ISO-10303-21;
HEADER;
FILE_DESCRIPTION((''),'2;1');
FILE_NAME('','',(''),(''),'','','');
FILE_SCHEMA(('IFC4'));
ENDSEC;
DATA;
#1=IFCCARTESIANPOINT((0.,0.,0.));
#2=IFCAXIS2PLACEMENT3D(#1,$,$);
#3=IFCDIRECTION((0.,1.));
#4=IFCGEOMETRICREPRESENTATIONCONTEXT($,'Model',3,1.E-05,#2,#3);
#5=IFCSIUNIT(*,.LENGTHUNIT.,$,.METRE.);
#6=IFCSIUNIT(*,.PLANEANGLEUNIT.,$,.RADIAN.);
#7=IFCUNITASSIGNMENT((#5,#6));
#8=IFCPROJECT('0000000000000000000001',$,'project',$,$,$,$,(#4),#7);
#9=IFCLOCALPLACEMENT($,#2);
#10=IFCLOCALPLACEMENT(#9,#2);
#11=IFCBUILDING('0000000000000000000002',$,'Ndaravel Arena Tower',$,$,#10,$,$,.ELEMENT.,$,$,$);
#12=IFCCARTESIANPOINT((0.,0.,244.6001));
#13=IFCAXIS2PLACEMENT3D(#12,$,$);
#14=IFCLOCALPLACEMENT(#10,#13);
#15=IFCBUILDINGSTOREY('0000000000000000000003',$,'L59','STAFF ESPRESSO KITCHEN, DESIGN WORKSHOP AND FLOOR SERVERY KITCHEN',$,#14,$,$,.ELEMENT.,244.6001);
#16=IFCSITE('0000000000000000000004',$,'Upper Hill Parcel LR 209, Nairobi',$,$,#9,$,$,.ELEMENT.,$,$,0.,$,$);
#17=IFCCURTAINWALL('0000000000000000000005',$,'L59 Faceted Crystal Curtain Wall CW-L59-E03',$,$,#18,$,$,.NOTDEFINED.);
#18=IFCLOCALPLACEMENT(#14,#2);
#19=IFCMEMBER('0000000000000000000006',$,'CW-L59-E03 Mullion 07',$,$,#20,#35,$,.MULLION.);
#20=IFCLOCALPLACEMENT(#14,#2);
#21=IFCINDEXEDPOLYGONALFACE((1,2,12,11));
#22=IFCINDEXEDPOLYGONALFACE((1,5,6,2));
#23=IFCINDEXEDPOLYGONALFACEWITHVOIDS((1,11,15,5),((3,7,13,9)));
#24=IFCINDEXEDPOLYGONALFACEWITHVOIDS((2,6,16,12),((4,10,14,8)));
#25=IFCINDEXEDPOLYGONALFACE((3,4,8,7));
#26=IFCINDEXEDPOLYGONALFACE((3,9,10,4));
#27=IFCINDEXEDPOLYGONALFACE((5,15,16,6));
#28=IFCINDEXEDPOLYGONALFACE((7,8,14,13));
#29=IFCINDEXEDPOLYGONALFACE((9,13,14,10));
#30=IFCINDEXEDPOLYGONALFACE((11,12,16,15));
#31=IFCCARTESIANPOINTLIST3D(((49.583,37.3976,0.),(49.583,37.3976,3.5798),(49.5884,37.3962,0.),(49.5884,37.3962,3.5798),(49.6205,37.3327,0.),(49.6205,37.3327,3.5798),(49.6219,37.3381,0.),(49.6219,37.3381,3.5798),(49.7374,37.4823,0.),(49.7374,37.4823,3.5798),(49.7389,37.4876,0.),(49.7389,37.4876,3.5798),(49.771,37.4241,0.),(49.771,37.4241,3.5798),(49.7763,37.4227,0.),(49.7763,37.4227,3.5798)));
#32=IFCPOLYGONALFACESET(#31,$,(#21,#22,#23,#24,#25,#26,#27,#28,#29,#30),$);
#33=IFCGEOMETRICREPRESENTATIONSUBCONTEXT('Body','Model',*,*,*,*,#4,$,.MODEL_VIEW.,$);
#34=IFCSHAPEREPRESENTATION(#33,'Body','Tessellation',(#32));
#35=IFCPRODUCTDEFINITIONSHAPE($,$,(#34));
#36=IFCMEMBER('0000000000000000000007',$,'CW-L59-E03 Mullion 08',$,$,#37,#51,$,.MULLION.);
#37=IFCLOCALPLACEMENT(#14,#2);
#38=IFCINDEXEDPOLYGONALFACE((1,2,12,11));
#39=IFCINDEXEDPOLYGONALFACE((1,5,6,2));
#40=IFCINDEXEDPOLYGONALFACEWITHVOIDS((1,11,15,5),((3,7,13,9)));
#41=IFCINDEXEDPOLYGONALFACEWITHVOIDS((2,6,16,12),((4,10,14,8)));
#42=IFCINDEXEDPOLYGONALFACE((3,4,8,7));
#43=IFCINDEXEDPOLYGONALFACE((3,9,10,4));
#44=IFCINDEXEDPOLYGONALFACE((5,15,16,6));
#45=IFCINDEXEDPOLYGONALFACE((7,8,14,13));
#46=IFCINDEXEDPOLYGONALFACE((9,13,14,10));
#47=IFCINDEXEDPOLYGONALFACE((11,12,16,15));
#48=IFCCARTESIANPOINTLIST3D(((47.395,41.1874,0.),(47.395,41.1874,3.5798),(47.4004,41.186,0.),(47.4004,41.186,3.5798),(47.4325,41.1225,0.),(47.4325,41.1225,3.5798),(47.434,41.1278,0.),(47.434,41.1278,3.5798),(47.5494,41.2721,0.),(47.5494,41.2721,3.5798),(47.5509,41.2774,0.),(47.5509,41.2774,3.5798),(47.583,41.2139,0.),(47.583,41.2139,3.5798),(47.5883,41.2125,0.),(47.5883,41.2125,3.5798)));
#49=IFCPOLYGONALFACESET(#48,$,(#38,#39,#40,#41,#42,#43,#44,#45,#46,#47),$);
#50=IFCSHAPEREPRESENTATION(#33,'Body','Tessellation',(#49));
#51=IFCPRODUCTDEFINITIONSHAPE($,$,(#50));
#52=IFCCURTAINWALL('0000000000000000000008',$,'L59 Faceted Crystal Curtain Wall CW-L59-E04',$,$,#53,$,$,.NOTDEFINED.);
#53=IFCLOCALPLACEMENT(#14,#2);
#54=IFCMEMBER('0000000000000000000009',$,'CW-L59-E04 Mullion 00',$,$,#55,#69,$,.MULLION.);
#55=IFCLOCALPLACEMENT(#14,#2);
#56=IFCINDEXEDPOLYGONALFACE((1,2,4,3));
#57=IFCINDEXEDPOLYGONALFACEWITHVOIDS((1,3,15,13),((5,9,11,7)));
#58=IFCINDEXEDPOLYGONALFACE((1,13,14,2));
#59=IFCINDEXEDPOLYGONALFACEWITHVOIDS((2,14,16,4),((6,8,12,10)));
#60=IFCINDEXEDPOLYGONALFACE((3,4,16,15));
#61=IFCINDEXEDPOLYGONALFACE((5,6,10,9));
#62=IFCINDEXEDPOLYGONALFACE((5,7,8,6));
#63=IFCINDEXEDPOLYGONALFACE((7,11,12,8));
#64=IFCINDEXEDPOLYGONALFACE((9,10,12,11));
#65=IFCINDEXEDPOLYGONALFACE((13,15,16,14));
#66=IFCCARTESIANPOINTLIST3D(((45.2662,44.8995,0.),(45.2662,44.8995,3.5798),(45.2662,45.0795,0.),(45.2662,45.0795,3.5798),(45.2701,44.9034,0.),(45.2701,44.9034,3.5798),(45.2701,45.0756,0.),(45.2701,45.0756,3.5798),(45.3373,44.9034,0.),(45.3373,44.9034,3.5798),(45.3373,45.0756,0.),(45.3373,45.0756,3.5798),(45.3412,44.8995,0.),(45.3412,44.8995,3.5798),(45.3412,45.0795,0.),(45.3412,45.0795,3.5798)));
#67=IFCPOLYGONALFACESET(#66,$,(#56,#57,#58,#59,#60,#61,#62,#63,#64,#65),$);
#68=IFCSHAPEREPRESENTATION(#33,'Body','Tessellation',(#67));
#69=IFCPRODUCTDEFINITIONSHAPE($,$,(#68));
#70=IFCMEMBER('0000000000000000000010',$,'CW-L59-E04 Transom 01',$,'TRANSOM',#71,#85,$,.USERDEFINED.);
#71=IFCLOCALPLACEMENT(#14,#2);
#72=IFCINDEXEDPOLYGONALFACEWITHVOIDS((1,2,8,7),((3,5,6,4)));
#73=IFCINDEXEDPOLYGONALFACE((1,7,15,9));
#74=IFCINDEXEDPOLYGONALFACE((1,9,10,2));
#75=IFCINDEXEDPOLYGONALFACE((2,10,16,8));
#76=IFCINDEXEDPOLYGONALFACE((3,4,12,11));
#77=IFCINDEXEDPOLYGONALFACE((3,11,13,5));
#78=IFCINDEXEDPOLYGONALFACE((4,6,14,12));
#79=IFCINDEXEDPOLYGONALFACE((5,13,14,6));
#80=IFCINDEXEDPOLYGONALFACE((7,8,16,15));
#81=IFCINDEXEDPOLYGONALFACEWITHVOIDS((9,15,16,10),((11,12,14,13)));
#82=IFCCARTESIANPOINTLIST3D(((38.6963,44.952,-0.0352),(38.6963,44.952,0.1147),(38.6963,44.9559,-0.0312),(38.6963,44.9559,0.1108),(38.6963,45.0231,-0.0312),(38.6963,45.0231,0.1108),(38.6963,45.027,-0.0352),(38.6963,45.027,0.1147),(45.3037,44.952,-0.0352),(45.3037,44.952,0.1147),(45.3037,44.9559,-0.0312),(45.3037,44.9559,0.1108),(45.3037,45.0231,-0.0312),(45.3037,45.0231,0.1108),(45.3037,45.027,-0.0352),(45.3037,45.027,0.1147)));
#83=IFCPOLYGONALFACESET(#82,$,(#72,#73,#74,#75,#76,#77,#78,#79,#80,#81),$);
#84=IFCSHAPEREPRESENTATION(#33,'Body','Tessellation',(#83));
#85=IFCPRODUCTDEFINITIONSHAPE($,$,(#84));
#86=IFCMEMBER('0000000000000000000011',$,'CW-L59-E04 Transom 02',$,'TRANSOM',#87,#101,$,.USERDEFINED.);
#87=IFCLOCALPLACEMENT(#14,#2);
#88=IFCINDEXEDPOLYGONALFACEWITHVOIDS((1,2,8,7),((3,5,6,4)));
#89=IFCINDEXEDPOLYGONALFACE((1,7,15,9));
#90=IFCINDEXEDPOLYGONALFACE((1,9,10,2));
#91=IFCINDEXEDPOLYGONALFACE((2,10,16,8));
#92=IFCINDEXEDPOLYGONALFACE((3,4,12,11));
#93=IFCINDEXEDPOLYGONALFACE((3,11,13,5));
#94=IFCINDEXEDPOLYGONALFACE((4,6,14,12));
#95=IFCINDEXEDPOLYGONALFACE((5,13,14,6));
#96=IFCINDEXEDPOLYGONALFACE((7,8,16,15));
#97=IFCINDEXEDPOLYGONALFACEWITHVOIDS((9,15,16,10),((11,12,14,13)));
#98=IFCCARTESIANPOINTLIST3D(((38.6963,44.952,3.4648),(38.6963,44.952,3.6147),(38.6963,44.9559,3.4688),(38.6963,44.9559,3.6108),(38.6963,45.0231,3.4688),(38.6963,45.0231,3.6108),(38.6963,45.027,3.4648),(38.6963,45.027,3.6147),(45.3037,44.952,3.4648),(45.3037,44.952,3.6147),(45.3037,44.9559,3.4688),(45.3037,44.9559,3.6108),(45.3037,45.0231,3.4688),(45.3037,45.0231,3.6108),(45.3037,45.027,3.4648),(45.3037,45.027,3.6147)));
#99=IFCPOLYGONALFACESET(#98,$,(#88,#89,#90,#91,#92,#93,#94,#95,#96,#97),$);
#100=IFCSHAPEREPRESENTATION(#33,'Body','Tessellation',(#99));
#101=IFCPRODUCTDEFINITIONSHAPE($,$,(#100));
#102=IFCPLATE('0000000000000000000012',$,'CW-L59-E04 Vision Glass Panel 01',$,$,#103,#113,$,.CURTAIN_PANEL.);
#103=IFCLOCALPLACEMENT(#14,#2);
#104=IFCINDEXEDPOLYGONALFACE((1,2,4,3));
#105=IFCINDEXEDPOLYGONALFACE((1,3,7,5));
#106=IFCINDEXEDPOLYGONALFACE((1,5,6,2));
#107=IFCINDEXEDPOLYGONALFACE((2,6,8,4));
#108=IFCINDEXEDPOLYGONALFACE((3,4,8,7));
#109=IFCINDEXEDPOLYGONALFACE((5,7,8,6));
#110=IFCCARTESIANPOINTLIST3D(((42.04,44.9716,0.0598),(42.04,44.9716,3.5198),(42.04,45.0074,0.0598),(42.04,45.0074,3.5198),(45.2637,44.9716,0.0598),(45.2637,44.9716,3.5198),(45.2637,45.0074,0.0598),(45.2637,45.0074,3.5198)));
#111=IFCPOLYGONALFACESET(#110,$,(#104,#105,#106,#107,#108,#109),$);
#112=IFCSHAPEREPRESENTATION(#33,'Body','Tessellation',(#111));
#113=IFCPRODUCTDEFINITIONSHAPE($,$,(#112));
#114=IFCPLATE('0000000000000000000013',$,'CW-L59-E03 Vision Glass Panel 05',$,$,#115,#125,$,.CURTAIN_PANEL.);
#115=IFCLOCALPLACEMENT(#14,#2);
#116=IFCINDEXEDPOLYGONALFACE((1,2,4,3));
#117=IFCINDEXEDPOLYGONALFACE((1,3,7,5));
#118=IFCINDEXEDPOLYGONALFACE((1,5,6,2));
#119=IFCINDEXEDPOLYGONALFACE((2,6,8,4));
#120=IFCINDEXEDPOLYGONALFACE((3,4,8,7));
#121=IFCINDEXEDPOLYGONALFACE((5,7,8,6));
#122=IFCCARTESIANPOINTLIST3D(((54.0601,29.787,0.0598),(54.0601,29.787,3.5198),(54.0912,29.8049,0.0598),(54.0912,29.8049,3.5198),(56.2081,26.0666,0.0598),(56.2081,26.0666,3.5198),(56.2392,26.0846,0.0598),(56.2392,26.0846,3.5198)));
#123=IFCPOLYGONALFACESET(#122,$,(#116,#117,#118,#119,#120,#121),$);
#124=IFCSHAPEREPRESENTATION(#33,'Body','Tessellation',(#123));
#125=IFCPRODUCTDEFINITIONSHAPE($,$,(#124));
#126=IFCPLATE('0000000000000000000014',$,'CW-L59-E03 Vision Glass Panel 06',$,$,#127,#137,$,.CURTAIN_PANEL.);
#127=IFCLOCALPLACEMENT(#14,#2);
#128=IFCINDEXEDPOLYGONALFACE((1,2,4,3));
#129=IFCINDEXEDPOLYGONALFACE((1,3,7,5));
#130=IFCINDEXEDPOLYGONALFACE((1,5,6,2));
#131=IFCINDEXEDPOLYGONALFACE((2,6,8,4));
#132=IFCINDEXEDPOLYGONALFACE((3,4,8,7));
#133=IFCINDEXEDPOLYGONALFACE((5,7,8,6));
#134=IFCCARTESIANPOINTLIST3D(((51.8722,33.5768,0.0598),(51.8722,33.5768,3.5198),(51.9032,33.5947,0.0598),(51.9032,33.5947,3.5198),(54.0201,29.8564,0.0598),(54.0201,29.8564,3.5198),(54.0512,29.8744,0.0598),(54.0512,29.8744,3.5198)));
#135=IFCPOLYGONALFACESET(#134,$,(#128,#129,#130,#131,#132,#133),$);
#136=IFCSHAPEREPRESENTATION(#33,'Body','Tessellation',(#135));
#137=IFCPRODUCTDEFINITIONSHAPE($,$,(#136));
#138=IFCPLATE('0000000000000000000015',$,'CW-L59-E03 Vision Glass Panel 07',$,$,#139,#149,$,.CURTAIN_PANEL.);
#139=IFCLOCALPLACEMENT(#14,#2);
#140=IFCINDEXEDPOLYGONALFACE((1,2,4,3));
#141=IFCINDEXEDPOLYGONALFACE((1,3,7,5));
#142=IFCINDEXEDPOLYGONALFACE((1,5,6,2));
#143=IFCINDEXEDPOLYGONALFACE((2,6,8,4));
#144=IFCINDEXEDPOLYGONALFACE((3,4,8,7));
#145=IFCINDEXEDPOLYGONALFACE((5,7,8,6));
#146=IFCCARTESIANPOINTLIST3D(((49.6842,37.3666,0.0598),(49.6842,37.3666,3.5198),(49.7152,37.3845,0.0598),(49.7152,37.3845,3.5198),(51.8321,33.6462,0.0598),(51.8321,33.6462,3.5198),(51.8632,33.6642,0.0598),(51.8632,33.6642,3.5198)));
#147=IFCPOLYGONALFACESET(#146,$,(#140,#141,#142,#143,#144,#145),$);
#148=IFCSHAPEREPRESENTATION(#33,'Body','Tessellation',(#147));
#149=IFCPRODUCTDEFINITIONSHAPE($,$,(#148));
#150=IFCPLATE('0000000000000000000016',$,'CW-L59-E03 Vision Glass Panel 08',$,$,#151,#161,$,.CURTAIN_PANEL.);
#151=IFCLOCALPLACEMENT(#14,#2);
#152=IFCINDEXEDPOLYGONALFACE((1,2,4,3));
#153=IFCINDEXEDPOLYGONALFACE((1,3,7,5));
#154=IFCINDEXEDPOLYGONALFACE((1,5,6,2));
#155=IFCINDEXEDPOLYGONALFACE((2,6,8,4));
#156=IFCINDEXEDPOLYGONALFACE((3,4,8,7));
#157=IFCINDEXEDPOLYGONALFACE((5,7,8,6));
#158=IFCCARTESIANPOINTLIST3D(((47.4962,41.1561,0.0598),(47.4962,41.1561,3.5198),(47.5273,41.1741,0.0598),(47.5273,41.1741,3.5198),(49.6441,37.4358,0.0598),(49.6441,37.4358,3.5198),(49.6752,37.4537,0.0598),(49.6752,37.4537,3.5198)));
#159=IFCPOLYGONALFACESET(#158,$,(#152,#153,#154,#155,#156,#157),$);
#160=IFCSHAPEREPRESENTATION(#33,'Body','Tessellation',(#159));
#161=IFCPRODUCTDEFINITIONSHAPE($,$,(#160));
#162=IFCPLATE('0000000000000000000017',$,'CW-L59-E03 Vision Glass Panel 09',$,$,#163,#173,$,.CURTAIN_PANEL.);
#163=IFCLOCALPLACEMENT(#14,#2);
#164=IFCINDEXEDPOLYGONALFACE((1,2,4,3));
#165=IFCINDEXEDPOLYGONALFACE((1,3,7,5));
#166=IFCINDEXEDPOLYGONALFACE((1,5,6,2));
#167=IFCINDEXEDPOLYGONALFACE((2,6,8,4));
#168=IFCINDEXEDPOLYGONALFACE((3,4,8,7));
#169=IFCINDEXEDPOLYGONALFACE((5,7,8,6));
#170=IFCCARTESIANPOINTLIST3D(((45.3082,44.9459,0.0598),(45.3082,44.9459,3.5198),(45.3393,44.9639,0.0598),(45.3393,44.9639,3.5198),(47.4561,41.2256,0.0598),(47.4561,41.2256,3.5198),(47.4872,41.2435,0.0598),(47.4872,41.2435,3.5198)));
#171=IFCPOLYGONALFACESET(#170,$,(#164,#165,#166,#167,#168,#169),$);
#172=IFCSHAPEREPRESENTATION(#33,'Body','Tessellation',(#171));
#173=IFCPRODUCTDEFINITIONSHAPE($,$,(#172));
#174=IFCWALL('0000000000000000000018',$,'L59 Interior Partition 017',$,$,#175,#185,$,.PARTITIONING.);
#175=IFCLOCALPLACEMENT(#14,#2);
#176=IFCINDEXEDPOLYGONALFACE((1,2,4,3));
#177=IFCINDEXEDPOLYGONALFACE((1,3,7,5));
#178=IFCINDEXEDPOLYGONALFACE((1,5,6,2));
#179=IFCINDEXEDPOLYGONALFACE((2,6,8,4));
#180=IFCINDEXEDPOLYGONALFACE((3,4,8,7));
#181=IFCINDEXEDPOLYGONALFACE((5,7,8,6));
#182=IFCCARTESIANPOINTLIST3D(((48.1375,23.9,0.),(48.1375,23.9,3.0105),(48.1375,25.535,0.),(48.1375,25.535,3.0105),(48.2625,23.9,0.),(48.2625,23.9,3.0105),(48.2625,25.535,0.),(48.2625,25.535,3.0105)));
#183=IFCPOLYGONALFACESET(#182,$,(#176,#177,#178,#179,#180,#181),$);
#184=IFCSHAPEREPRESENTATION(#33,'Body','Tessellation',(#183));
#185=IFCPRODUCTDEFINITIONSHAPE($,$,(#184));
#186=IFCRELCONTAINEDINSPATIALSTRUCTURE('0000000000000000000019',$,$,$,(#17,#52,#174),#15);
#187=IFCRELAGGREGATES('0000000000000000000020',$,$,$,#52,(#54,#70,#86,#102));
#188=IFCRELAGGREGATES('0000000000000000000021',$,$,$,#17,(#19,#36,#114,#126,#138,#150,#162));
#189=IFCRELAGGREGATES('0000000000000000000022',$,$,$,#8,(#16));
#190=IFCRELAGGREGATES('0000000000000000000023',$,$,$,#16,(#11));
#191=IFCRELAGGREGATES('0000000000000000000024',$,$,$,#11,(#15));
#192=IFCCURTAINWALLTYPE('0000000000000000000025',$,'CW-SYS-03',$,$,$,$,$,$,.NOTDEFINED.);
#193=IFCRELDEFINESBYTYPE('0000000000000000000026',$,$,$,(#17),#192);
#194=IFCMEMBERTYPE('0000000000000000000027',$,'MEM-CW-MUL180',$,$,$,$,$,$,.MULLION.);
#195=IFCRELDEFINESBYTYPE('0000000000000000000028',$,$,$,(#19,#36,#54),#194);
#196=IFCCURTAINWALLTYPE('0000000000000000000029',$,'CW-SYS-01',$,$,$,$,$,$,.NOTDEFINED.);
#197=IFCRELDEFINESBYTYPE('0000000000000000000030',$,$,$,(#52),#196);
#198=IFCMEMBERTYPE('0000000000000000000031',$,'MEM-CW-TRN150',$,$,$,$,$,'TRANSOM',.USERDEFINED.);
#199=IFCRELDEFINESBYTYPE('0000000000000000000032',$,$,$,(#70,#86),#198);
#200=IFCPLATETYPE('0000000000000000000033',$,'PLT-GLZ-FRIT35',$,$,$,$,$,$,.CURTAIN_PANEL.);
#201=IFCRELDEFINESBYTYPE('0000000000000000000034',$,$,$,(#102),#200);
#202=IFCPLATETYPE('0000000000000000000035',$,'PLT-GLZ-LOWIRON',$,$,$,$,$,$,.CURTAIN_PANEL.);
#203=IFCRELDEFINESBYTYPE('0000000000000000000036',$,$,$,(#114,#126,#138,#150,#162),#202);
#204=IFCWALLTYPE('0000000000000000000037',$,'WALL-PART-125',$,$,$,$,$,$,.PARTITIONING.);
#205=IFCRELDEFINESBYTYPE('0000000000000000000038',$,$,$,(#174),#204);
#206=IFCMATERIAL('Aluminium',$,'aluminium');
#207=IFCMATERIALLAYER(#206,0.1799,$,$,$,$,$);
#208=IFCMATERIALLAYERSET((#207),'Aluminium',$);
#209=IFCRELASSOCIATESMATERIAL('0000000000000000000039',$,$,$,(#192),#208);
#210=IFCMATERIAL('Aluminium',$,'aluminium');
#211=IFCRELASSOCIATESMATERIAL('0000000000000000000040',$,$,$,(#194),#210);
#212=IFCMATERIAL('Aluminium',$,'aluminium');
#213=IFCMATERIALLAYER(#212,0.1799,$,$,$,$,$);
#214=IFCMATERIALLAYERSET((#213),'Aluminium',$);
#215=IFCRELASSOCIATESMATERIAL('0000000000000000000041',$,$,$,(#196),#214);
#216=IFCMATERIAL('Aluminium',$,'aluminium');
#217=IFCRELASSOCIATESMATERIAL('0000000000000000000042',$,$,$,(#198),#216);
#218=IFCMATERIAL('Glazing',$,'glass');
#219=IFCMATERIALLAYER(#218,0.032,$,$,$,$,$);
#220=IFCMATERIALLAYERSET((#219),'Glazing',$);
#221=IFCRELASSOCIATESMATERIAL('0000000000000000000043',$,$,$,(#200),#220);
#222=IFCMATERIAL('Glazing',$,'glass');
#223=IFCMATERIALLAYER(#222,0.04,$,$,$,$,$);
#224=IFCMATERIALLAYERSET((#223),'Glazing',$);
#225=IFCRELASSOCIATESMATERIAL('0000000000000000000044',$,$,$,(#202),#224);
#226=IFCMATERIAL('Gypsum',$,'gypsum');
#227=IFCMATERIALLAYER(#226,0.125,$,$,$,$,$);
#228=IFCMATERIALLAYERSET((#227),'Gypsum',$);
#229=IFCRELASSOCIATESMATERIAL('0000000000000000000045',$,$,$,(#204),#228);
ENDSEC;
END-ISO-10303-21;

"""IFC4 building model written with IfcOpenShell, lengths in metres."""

from ifc_helpers import new_model, si_unit, direction, frame, frame_2d, origin, origin_2d, place, context, subcontext, project, spatial, rectangle, hollow_rectangle, extrude, material, layer, layer_set, material_profile, profile_set, type_object, element, aggregate, save


model = new_model("IFC4")

# Units and contexts
model_context = context("Model", 3, precision=1e-05, world=origin(), true_north=direction((0.0, 1.0)))
body_context = subcontext(model_context, "Body", "Model", "MODEL_VIEW")
ifc_project = project(units=[si_unit("LENGTHUNIT", "METRE"), si_unit("PLANEANGLEUNIT", "RADIAN")], contexts=[model_context])

# Site, building, storey
site_placement = place(None, origin())
site = spatial("IfcSite", under=ifc_project, at=site_placement, Name="Upper Hill Parcel LR 209, Nairobi", CompositionType="ELEMENT", RefElevation=0.0)
building_placement = place(site_placement, origin())
building = spatial("IfcBuilding", under=site, at=building_placement, Name="Ndaravel Arena Tower", CompositionType="ELEMENT")
storey_placement = place(building_placement, frame((0.0, 0.0, 244.6001)))
storey = spatial("IfcBuildingStorey", under=building, at=storey_placement, Name="L59", Description="STAFF ESPRESSO KITCHEN, DESIGN WORKSHOP AND FLOOR SERVERY KITCHEN", CompositionType="ELEMENT", Elevation=244.6001)

# Curtain wall, members
ifc_material_1 = material(Name="Aluminium", Category="aluminium")
ifc_layer_1 = layer(ifc_material_1, 0.1799)
ifc_layer_set_1 = layer_set([ifc_layer_1], Name="Aluminium")
curtain_wall_type_1 = type_object("IfcCurtainWallType", Name="CW-SYS-03", PredefinedType="NOTDEFINED", material=ifc_layer_set_1)
curtain_wall_1_placement = place(storey_placement, origin())
curtain_wall_1 = element("IfcCurtainWall", 1, at=curtain_wall_1_placement, inside=storey, type_object=curtain_wall_type_1, Name="L59 Faceted Crystal Curtain Wall CW-L59-E03", PredefinedType="NOTDEFINED")
ifc_material_2 = material(Name="Aluminium", Category="aluminium")
ifc_material_profile_1 = material_profile(ifc_material_2, hollow_rectangle(XDim=0.075, YDim=0.1799, WallThickness=0.0039, at=origin_2d()), Name="CW MULLION 75x180x4")
ifc_profile_set_1 = profile_set([ifc_material_profile_1], Name="Aluminium")
member_type_1 = type_object("IfcMemberType", Name="MEM-CW-MUL180", PredefinedType="MULLION", material=ifc_profile_set_1)
member_1_placement = place(storey_placement, frame((49.6797, 37.4102, 0.0), z_axis=(0.0, 0.0, 1.0), x_axis=(-0.5, 0.866025, 0.0)))
member_1 = element("IfcMember", 2, at=member_1_placement, type_object=member_type_1, Name="CW-L59-E03 Mullion 07", PredefinedType="MULLION", context=body_context, shape_type="SweptSolid", body=[
    extrude(hollow_rectangle(XDim=0.075, YDim=0.1799, WallThickness=0.0039, at=origin_2d()), origin(), (0.0, 0.0, 1.0), 3.5798),
])
member_2_placement = place(storey_placement, frame((47.4917, 41.2, 0.0), z_axis=(0.0, 0.0, 1.0), x_axis=(-0.5, 0.866025, 0.0)))
member_2 = element("IfcMember", 3, at=member_2_placement, type_object=member_type_1, Name="CW-L59-E03 Mullion 08", PredefinedType="MULLION", context=body_context, shape_type="SweptSolid", body=[
    extrude(hollow_rectangle(XDim=0.075, YDim=0.1799, WallThickness=0.0039, at=origin_2d()), origin(), (0.0, 0.0, 1.0), 3.5798),
])

# Curtain wall, members, plate
ifc_material_3 = material(Name="Aluminium", Category="aluminium")
ifc_layer_2 = layer(ifc_material_3, 0.1799)
ifc_layer_set_2 = layer_set([ifc_layer_2], Name="Aluminium")
curtain_wall_type_2 = type_object("IfcCurtainWallType", Name="CW-SYS-01", PredefinedType="NOTDEFINED", material=ifc_layer_set_2)
curtain_wall_2_placement = place(storey_placement, origin())
curtain_wall_2 = element("IfcCurtainWall", 4, at=curtain_wall_2_placement, inside=storey, type_object=curtain_wall_type_2, Name="L59 Faceted Crystal Curtain Wall CW-L59-E04", PredefinedType="NOTDEFINED")
member_3_placement = place(storey_placement, frame((45.3037, 44.9895, 0.0), z_axis=(0.0, 0.0, 1.0), x_axis=(-1.0, 0.0, 0.0)))
member_3 = element("IfcMember", 5, at=member_3_placement, type_object=member_type_1, Name="CW-L59-E04 Mullion 00", PredefinedType="MULLION", context=body_context, shape_type="SweptSolid", body=[
    extrude(hollow_rectangle(XDim=0.075, YDim=0.1799, WallThickness=0.0039, at=origin_2d()), origin(), (0.0, 0.0, 1.0), 3.5798),
])
ifc_material_4 = material(Name="Aluminium", Category="aluminium")
ifc_material_profile_2 = material_profile(ifc_material_4, hollow_rectangle(XDim=0.075, YDim=0.1499, WallThickness=0.0039, at=origin_2d()), Name="CW TRANSOM 75x150x4")
ifc_profile_set_2 = profile_set([ifc_material_profile_2], Name="Aluminium")
member_type_2 = type_object("IfcMemberType", Name="MEM-CW-TRN150", ElementType="TRANSOM", PredefinedType="USERDEFINED", material=ifc_profile_set_2)
member_4_placement = place(storey_placement, frame((45.3037, 44.9895, 0.0398), z_axis=(-1.0, 0.0, 0.0), x_axis=(0.0, -1.0, 0.0)))
member_4 = element("IfcMember", 6, at=member_4_placement, type_object=member_type_2, Name="CW-L59-E04 Transom 01", ObjectType="TRANSOM", PredefinedType="USERDEFINED", context=body_context, shape_type="SweptSolid", body=[
    extrude(hollow_rectangle(XDim=0.075, YDim=0.1499, WallThickness=0.0039, at=origin_2d()), origin(), (0.0, 0.0, 1.0), 6.6074),
])
member_5_placement = place(storey_placement, frame((45.3037, 44.9895, 3.5398), z_axis=(-1.0, 0.0, 0.0), x_axis=(0.0, -1.0, 0.0)))
member_5 = element("IfcMember", 7, at=member_5_placement, type_object=member_type_2, Name="CW-L59-E04 Transom 02", ObjectType="TRANSOM", PredefinedType="USERDEFINED", context=body_context, shape_type="SweptSolid", body=[
    extrude(hollow_rectangle(XDim=0.075, YDim=0.1499, WallThickness=0.0039, at=origin_2d()), origin(), (0.0, 0.0, 1.0), 6.6074),
])
ifc_material_5 = material(Name="Glazing", Category="glass")
ifc_layer_3 = layer(ifc_material_5, 0.032)
ifc_layer_set_3 = layer_set([ifc_layer_3], Name="Glazing")
plate_type_1 = type_object("IfcPlateType", Name="PLT-GLZ-FRIT35", PredefinedType="CURTAIN_PANEL", material=ifc_layer_set_3)
plate_1_placement = place(storey_placement, frame((43.6519, 44.9895, 0.0598), z_axis=(0.0, 0.0, 1.0), x_axis=(-1.0, 0.0, 0.0)))
plate_1 = element("IfcPlate", 8, at=plate_1_placement, type_object=plate_type_1, Name="CW-L59-E04 Vision Glass Panel 01", PredefinedType="CURTAIN_PANEL", context=body_context, shape_type="SweptSolid", body=[
    extrude(rectangle(XDim=3.2236, YDim=0.0359, at=origin_2d()), origin(), (0.0, 0.0, 1.0), 3.46),
])
aggregate(curtain_wall_2, [member_3, member_4, member_5, plate_1])

# Plates
ifc_material_6 = material(Name="Glazing", Category="glass")
ifc_layer_4 = layer(ifc_material_6, 0.04)
ifc_layer_set_4 = layer_set([ifc_layer_4], Name="Glazing")
plate_type_2 = type_object("IfcPlateType", Name="PLT-GLZ-LOWIRON", PredefinedType="CURTAIN_PANEL", material=ifc_layer_set_4)
plate_2_placement = place(storey_placement, frame((55.1497, 27.9358, 0.0598), z_axis=(0.0, 0.0, 1.0), x_axis=(-0.5, 0.866025, 0.0)))
plate_2 = element("IfcPlate", 9, at=plate_2_placement, type_object=plate_type_2, Name="CW-L59-E03 Vision Glass Panel 05", PredefinedType="CURTAIN_PANEL", context=body_context, shape_type="SweptSolid", body=[
    extrude(rectangle(XDim=4.2959, YDim=0.0359, at=origin_2d()), origin(), (0.0, 0.0, 1.0), 3.46),
])
plate_3_placement = place(storey_placement, frame((52.9617, 31.7256, 0.0598), z_axis=(0.0, 0.0, 1.0), x_axis=(-0.5, 0.866025, 0.0)))
plate_3 = element("IfcPlate", 10, at=plate_3_placement, type_object=plate_type_2, Name="CW-L59-E03 Vision Glass Panel 06", PredefinedType="CURTAIN_PANEL", context=body_context, shape_type="SweptSolid", body=[
    extrude(rectangle(XDim=4.2959, YDim=0.0359, at=origin_2d()), origin(), (0.0, 0.0, 1.0), 3.46),
])
plate_4_placement = place(storey_placement, frame((50.7737, 35.5154, 0.0598), z_axis=(0.0, 0.0, 1.0), x_axis=(-0.5, 0.866025, 0.0)))
plate_4 = element("IfcPlate", 11, at=plate_4_placement, type_object=plate_type_2, Name="CW-L59-E03 Vision Glass Panel 07", PredefinedType="CURTAIN_PANEL", context=body_context, shape_type="SweptSolid", body=[
    extrude(rectangle(XDim=4.2959, YDim=0.0359, at=origin_2d()), origin(), (0.0, 0.0, 1.0), 3.46),
])
plate_5_placement = place(storey_placement, frame((48.5857, 39.3049, 0.0598), z_axis=(0.0, 0.0, 1.0), x_axis=(-0.5, 0.866025, 0.0)))
plate_5 = element("IfcPlate", 12, at=plate_5_placement, type_object=plate_type_2, Name="CW-L59-E03 Vision Glass Panel 08", PredefinedType="CURTAIN_PANEL", context=body_context, shape_type="SweptSolid", body=[
    extrude(rectangle(XDim=4.2959, YDim=0.0359, at=origin_2d()), origin(), (0.0, 0.0, 1.0), 3.46),
])
plate_6_placement = place(storey_placement, frame((46.3977, 43.0947, 0.0598), z_axis=(0.0, 0.0, 1.0), x_axis=(-0.5, 0.866025, 0.0)))
plate_6 = element("IfcPlate", 13, at=plate_6_placement, type_object=plate_type_2, Name="CW-L59-E03 Vision Glass Panel 09", PredefinedType="CURTAIN_PANEL", context=body_context, shape_type="SweptSolid", body=[
    extrude(rectangle(XDim=4.2959, YDim=0.0359, at=origin_2d()), origin(), (0.0, 0.0, 1.0), 3.46),
])
aggregate(curtain_wall_1, [member_1, member_2, plate_2, plate_3, plate_4, plate_5, plate_6])

# Wall
ifc_material_7 = material(Name="Gypsum", Category="gypsum")
ifc_layer_5 = layer(ifc_material_7, 0.125)
ifc_layer_set_5 = layer_set([ifc_layer_5], Name="Gypsum")
wall_type_1 = type_object("IfcWallType", Name="WALL-PART-125", PredefinedType="PARTITIONING", material=ifc_layer_set_5)
wall_1_placement = place(storey_placement, frame((48.2, 25.5349, 0.0), z_axis=(0.0, 0.0, 1.0), x_axis=(0.0, -1.0, 0.0)))
element("IfcWall", 14, at=wall_1_placement, inside=storey, type_object=wall_type_1, Name="L59 Interior Partition 017", PredefinedType="PARTITIONING", context=body_context, shape_type="SweptSolid", body=[
    extrude(rectangle(XDim=1.635, YDim=0.125, at=frame_2d((0.8174, 0.0))), origin(), (0.0, 0.0, 1.0), 3.0105),
])

save(model, "model.ifc")
